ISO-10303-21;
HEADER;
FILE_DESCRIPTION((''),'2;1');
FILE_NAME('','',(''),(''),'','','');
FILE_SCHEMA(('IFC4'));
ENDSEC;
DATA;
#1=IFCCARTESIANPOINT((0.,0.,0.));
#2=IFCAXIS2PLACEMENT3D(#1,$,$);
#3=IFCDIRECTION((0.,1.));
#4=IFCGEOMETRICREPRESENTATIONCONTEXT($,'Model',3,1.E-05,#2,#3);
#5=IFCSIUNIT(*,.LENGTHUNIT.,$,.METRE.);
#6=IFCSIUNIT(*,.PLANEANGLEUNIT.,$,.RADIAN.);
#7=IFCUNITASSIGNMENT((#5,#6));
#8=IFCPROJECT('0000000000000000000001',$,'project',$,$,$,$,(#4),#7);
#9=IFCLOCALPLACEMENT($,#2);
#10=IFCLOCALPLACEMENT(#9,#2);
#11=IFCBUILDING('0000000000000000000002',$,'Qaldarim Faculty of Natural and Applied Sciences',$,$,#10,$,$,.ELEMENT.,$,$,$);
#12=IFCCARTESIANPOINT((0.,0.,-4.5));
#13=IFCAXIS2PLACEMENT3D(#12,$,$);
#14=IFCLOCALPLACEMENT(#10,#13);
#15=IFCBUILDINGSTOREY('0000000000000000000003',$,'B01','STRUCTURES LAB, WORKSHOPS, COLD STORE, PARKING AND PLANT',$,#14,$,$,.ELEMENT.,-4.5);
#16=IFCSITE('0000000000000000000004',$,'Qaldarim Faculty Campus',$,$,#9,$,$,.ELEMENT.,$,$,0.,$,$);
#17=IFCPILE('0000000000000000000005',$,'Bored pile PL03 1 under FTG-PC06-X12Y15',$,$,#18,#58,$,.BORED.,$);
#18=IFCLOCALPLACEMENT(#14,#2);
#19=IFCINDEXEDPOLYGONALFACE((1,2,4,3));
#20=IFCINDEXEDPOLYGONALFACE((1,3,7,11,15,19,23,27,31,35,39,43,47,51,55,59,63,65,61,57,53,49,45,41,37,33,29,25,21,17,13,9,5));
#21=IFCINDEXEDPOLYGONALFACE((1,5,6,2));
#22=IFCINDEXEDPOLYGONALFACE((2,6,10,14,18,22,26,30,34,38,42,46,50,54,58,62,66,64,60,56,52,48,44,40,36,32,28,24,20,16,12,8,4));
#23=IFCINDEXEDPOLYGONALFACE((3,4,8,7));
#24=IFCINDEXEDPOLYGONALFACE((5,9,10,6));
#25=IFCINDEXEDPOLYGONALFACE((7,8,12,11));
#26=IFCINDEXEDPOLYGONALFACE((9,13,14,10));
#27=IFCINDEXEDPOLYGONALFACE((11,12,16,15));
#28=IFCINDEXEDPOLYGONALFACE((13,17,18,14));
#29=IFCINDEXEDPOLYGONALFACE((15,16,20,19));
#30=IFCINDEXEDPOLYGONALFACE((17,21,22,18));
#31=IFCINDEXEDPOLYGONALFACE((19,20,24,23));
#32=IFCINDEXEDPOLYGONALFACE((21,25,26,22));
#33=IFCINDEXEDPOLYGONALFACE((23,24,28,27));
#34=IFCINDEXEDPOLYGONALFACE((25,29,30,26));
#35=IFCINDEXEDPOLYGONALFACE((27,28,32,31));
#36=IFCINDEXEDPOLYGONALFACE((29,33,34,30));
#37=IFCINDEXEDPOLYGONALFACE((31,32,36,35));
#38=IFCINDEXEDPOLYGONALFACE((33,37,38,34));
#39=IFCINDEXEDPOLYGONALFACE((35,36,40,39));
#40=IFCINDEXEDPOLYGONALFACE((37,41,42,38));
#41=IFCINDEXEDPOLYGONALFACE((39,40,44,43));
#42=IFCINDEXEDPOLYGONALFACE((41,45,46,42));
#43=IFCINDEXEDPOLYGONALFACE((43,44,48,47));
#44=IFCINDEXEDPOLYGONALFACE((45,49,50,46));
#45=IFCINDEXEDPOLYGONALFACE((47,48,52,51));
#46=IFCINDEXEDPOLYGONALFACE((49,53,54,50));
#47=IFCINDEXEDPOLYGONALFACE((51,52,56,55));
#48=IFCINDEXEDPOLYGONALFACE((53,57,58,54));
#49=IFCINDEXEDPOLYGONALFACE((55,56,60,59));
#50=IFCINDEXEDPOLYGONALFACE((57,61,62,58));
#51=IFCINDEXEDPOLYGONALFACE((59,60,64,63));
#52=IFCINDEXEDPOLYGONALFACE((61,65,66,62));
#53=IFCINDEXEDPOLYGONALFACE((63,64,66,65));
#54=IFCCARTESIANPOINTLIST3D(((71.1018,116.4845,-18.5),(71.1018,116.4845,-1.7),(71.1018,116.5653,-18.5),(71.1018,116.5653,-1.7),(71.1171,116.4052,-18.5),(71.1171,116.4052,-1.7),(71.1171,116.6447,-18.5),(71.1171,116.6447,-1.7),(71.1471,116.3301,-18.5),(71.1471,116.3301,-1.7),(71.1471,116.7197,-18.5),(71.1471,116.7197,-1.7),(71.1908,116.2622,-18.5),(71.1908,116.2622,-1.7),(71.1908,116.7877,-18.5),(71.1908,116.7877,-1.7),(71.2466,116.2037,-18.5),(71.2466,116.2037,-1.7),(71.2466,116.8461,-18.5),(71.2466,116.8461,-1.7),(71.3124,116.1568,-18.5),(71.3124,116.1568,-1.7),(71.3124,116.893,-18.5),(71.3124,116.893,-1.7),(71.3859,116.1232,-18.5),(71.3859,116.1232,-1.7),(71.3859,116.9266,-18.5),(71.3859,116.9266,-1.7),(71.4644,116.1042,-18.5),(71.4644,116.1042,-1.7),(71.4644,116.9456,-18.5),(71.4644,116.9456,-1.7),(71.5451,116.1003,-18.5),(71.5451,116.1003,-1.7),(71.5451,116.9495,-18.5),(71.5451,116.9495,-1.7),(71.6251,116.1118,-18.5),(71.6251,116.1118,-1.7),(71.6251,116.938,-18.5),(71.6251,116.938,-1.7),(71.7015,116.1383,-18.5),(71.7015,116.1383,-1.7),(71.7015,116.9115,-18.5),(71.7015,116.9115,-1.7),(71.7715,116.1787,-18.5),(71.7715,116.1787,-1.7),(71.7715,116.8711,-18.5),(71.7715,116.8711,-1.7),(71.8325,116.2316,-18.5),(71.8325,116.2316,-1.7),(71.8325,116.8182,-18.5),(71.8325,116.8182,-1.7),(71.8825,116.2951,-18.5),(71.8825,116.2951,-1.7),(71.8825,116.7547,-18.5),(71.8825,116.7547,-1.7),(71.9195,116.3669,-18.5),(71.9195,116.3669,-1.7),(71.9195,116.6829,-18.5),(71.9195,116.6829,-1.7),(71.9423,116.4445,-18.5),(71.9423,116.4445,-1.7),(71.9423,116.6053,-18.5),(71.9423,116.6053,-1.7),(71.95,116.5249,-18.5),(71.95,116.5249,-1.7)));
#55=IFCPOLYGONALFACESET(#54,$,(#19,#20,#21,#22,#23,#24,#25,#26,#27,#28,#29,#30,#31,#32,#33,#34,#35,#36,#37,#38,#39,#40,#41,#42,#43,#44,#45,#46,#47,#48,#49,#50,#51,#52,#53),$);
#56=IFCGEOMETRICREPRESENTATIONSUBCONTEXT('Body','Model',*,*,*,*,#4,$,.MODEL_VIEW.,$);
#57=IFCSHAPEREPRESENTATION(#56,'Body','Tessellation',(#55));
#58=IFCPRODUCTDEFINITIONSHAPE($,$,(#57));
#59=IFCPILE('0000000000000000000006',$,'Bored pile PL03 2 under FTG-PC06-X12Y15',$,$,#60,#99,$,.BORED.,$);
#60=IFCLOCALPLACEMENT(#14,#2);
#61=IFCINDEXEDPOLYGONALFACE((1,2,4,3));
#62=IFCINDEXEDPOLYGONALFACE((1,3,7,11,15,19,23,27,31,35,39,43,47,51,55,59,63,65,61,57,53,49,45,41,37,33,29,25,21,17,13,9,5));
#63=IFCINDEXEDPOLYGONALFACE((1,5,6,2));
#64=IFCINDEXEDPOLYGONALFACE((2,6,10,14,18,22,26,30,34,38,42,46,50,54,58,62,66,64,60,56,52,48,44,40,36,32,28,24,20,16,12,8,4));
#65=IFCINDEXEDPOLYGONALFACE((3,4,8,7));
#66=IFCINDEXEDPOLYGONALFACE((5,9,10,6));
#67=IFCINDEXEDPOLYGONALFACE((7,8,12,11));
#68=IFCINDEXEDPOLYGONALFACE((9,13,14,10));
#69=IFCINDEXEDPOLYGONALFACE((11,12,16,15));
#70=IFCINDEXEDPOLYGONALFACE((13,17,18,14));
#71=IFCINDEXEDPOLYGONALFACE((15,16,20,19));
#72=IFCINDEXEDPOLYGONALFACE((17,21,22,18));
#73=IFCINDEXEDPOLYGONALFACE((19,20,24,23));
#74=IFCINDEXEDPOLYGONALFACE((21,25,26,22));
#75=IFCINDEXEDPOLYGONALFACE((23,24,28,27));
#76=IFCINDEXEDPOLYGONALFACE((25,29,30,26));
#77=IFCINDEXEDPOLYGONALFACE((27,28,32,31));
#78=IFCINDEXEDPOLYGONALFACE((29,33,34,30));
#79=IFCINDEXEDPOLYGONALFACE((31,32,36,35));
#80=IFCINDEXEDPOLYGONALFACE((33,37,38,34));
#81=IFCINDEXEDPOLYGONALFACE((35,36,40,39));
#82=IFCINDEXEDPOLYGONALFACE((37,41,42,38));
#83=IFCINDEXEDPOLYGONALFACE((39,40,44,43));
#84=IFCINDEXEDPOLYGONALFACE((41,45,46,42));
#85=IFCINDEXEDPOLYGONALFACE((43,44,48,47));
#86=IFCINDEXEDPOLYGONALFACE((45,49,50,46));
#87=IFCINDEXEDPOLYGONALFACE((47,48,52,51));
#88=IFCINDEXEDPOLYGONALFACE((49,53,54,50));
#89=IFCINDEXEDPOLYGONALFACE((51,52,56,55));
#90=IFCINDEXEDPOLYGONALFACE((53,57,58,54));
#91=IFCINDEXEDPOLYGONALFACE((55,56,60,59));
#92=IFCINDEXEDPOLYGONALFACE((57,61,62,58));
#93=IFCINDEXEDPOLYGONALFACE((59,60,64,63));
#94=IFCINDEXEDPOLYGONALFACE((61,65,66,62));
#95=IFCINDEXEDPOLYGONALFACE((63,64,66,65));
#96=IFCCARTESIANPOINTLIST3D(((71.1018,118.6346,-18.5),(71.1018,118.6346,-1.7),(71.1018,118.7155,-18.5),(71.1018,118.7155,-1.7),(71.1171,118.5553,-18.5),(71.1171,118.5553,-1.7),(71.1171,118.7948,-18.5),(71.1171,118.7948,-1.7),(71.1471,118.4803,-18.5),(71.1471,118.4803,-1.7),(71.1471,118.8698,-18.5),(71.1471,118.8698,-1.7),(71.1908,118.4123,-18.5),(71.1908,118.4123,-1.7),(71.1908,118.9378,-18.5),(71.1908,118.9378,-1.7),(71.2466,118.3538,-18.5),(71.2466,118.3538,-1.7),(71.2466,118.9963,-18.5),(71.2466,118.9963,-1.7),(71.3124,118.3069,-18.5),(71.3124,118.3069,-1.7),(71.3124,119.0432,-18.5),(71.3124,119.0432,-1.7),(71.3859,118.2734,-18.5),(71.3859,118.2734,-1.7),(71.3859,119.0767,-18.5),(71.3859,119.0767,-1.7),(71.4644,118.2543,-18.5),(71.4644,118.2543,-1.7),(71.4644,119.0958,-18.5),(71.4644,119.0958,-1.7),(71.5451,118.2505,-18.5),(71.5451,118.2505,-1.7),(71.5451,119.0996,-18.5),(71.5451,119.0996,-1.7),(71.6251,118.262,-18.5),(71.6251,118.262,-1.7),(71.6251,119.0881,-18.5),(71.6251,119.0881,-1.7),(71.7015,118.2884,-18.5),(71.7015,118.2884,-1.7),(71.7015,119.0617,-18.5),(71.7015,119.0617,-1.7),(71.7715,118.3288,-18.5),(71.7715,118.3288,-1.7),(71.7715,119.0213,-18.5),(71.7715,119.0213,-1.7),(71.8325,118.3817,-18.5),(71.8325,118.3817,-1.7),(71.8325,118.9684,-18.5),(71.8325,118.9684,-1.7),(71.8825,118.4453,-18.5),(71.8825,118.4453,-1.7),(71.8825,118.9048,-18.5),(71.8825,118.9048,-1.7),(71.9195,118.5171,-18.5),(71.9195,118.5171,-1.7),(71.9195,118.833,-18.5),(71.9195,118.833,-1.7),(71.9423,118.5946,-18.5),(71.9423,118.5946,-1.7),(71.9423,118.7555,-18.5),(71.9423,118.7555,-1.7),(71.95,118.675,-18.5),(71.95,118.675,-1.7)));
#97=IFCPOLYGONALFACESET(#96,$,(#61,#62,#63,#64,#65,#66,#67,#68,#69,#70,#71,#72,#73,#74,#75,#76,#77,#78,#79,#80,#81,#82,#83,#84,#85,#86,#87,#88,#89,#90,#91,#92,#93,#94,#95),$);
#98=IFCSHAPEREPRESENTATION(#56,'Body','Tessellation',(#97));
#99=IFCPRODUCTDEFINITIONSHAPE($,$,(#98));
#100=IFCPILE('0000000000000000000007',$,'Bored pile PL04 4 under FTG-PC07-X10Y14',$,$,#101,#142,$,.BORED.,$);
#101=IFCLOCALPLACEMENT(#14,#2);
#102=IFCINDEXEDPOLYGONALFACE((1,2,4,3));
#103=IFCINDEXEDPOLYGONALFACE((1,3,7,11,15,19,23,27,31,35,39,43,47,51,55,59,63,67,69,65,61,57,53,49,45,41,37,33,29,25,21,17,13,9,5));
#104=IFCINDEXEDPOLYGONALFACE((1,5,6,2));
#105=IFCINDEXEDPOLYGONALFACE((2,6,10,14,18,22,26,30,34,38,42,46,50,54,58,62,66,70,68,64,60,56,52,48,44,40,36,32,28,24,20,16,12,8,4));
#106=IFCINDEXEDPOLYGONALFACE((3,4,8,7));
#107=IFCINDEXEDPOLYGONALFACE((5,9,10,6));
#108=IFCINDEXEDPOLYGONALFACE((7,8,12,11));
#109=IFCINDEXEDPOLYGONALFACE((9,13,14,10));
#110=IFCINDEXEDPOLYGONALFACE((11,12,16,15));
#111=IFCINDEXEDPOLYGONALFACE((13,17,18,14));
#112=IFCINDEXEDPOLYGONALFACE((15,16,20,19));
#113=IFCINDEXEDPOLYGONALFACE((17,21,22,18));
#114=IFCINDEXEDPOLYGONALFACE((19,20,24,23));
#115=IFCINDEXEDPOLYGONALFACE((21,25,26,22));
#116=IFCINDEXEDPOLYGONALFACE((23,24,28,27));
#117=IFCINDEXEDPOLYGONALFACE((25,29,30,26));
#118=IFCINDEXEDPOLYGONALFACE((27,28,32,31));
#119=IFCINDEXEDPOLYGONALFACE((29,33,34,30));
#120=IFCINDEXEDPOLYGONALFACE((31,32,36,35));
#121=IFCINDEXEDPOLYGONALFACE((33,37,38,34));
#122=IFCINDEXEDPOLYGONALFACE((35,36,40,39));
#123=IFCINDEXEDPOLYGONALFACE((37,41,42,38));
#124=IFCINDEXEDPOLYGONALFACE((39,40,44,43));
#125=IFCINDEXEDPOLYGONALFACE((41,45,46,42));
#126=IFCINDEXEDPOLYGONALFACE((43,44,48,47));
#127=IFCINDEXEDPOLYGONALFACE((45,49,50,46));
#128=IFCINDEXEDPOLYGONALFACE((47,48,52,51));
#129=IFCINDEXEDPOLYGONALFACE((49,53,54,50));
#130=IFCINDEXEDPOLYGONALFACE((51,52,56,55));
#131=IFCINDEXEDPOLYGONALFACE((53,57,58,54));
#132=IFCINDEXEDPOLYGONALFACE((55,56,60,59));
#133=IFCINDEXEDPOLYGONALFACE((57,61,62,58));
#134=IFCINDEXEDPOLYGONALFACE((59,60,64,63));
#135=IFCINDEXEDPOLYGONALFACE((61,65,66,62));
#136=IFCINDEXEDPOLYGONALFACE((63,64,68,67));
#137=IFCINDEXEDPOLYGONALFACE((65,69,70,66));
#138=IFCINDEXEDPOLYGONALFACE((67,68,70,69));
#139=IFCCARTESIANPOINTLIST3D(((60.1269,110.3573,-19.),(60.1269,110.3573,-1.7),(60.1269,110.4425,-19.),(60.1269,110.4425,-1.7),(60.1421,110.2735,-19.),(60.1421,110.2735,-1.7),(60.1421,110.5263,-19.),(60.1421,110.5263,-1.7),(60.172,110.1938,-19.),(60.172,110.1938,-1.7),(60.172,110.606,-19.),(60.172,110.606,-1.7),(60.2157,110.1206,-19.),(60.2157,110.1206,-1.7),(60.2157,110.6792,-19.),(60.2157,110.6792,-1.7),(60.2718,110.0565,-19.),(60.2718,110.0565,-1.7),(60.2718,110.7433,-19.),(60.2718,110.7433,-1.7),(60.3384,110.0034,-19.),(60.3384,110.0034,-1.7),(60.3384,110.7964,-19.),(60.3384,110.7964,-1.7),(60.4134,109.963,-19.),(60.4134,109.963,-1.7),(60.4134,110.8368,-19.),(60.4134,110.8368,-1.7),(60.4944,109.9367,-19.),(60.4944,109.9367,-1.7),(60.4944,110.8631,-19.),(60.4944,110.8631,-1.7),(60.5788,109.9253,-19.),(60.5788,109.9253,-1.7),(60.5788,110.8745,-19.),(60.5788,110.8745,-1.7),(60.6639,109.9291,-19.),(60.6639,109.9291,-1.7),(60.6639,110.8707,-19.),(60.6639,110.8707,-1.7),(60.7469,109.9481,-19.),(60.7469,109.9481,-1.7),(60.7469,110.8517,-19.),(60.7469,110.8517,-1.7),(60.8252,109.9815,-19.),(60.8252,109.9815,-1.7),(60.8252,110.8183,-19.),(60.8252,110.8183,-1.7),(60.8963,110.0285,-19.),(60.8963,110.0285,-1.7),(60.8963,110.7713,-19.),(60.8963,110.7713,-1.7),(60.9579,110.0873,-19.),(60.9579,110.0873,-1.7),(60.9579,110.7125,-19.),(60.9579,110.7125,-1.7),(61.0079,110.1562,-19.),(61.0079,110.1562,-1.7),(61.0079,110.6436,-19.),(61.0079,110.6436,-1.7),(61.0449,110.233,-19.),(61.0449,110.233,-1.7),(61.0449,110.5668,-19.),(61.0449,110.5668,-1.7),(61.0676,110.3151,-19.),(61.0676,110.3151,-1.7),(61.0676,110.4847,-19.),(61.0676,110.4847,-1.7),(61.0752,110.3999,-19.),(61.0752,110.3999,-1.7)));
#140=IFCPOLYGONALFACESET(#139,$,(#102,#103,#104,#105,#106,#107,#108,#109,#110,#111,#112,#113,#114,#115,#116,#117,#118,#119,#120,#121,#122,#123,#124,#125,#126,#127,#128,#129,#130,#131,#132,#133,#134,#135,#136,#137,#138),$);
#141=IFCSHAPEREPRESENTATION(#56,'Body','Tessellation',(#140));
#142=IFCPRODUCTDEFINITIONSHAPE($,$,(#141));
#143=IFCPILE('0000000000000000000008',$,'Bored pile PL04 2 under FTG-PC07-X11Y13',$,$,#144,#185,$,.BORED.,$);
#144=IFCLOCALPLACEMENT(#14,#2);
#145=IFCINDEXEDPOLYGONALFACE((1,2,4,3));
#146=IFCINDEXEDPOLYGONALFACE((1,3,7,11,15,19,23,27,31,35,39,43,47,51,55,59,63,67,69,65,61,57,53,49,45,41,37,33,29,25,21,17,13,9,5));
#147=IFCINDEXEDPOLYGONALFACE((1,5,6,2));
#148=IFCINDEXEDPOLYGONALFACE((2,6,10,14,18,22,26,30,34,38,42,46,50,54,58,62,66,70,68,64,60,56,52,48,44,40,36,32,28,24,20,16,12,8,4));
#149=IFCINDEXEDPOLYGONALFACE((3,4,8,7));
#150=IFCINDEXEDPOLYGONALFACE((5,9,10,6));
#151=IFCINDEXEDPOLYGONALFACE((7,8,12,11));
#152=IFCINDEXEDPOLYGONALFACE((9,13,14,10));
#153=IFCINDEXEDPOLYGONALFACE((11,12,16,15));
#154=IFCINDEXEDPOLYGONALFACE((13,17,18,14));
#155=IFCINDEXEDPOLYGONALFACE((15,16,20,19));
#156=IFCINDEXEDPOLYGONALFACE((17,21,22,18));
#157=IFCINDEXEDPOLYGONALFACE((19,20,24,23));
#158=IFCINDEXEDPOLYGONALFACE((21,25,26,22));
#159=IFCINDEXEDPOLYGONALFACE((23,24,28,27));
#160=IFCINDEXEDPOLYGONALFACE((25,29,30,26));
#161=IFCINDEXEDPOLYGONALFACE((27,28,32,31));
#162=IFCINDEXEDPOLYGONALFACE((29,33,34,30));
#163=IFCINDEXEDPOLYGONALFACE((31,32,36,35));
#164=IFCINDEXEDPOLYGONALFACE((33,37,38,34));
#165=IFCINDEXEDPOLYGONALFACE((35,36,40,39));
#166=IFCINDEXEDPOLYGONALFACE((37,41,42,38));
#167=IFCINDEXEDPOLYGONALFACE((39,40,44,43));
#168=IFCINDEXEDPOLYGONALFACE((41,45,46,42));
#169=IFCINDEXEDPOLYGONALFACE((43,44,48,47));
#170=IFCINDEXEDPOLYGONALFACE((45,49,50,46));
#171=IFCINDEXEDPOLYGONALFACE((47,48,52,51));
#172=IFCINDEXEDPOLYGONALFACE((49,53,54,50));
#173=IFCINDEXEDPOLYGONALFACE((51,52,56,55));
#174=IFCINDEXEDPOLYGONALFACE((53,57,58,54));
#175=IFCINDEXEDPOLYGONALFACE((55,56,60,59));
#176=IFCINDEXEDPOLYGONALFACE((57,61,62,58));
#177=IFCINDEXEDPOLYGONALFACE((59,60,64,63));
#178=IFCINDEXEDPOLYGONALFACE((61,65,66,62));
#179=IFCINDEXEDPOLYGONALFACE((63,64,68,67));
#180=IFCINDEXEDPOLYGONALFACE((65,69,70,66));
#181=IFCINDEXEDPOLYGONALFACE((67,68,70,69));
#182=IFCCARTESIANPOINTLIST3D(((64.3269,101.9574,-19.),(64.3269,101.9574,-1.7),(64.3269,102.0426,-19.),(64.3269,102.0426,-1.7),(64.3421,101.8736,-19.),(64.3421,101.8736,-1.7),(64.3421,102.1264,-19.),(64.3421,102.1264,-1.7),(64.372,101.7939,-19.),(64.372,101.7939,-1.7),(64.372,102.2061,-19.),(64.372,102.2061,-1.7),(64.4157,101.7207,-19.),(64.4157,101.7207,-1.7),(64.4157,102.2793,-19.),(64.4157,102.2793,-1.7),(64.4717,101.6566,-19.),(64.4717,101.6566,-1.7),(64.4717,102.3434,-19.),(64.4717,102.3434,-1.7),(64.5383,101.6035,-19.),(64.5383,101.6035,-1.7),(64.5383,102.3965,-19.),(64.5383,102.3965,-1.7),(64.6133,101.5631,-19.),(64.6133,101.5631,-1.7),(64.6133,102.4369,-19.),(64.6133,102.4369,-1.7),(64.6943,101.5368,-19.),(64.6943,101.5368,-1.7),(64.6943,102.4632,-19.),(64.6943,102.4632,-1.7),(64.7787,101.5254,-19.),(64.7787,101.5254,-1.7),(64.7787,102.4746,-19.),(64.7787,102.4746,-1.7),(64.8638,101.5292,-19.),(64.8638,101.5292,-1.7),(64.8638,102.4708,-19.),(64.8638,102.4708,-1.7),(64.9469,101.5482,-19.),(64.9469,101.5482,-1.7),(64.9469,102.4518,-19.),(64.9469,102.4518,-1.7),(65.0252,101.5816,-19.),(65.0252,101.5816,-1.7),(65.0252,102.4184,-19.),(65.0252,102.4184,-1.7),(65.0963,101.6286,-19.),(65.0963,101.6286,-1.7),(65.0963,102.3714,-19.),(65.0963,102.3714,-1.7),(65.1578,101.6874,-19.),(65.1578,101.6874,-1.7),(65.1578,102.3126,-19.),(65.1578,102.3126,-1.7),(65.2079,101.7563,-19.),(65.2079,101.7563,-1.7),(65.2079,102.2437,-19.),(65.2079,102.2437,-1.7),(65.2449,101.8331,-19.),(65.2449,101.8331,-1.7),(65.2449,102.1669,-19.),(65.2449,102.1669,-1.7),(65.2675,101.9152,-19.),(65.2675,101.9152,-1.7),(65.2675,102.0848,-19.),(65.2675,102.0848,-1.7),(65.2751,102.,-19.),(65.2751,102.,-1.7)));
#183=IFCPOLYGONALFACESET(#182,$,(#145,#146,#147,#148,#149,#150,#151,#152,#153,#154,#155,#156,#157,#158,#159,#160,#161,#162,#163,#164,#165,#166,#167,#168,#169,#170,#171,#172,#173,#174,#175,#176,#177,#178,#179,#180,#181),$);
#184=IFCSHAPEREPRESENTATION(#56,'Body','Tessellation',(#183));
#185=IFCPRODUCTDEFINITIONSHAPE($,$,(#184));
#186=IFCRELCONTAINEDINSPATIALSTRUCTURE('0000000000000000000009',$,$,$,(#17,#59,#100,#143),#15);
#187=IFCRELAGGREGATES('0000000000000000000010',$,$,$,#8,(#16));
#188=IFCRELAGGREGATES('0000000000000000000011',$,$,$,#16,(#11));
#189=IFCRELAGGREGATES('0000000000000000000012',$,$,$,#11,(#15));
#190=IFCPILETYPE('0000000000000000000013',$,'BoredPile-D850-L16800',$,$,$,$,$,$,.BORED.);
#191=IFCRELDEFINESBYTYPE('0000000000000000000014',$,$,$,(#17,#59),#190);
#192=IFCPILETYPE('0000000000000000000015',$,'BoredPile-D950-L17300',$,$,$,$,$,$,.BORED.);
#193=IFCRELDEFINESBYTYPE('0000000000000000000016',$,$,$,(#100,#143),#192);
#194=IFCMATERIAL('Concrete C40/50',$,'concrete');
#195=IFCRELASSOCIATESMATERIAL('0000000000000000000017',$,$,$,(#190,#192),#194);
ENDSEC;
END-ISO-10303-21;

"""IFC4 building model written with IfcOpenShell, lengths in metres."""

from ifc_helpers import new_model, si_unit, direction, frame, origin, origin_2d, place, context, subcontext, project, spatial, circle, extrude, material, material_profile, profile_set, type_object, element, save


model = new_model("IFC4")

# Units and contexts
model_context = context("Model", 3, precision=1e-05, world=origin(), true_north=direction((0.0, 1.0)))
body_context = subcontext(model_context, "Body", "Model", "MODEL_VIEW")
ifc_project = project(units=[si_unit("LENGTHUNIT", "METRE"), si_unit("PLANEANGLEUNIT", "RADIAN")], contexts=[model_context])

# Site, building, storey
site_placement = place(None, origin())
site = spatial("IfcSite", under=ifc_project, at=site_placement, Name="Qaldarim Faculty Campus", CompositionType="ELEMENT", RefElevation=0.0)
building_placement = place(site_placement, origin())
building = spatial("IfcBuilding", under=site, at=building_placement, Name="Qaldarim Faculty of Natural and Applied Sciences", CompositionType="ELEMENT")
storey_placement = place(building_placement, frame((0.0, 0.0, -4.5)))
storey = spatial("IfcBuildingStorey", under=building, at=storey_placement, Name="B01", Description="STRUCTURES LAB, WORKSHOPS, COLD STORE, PARKING AND PLANT", CompositionType="ELEMENT", Elevation=-4.5)

# Piles
ifc_material_1 = material(Name="Concrete C40/50", Category="concrete")
ifc_material_profile_1 = material_profile(ifc_material_1, circle(Radius=0.425, at=origin_2d()), Name="PILE-D850")
ifc_profile_set_1 = profile_set([ifc_material_profile_1], Name="Concrete C40/50")
pile_type_1 = type_object("IfcPileType", Name="BoredPile-D850-L16800", PredefinedType="BORED", material=ifc_profile_set_1)
for number, where, z_axis, x_axis, name in (
    (1, (71.5249, 116.5249, -1.7), (0.0, 0.0, -1.0), (1.0, 0.0, 0.0), "Bored pile PL03 1 under FTG-PC06-X12Y15"),
    (2, (71.5249, 118.675, -1.7), (0.0, 0.0, -1.0), (1.0, 0.0, 0.0), "Bored pile PL03 2 under FTG-PC06-X12Y15"),
):
    element("IfcPile", number, at=place(storey_placement, frame(where, z_axis=z_axis, x_axis=x_axis)), inside=storey, type_object=pile_type_1, Name=name, PredefinedType="BORED", context=body_context, shape_type="SweptSolid", body=[
        extrude(circle(Radius=0.425, at=origin_2d()), origin(), (0.0, 0.0, 1.0), 16.8),
    ])
ifc_material_profile_2 = material_profile(ifc_material_1, circle(Radius=0.4751, at=origin_2d()), Name="PILE-D950")
ifc_profile_set_2 = profile_set([ifc_material_profile_2], Name="Concrete C40/50")
pile_type_2 = type_object("IfcPileType", Name="BoredPile-D950-L17300", PredefinedType="BORED", material=ifc_profile_set_2)
for number, where, z_axis, x_axis, name in (
    (3, (60.6001, 110.3999, -1.7), (0.0, 0.0, -1.0), (1.0, 0.0, 0.0), "Bored pile PL04 4 under FTG-PC07-X10Y14"),
    (4, (64.8, 102.0, -1.7), (0.0, 0.0, -1.0), (1.0, 0.0, 0.0), "Bored pile PL04 2 under FTG-PC07-X11Y13"),
):
    element("IfcPile", number, at=place(storey_placement, frame(where, z_axis=z_axis, x_axis=x_axis)), inside=storey, type_object=pile_type_2, Name=name, PredefinedType="BORED", context=body_context, shape_type="SweptSolid", body=[
        extrude(circle(Radius=0.4751, at=origin_2d()), origin(), (0.0, 0.0, 1.0), 17.3),
    ])

save(model, "model.ifc")
